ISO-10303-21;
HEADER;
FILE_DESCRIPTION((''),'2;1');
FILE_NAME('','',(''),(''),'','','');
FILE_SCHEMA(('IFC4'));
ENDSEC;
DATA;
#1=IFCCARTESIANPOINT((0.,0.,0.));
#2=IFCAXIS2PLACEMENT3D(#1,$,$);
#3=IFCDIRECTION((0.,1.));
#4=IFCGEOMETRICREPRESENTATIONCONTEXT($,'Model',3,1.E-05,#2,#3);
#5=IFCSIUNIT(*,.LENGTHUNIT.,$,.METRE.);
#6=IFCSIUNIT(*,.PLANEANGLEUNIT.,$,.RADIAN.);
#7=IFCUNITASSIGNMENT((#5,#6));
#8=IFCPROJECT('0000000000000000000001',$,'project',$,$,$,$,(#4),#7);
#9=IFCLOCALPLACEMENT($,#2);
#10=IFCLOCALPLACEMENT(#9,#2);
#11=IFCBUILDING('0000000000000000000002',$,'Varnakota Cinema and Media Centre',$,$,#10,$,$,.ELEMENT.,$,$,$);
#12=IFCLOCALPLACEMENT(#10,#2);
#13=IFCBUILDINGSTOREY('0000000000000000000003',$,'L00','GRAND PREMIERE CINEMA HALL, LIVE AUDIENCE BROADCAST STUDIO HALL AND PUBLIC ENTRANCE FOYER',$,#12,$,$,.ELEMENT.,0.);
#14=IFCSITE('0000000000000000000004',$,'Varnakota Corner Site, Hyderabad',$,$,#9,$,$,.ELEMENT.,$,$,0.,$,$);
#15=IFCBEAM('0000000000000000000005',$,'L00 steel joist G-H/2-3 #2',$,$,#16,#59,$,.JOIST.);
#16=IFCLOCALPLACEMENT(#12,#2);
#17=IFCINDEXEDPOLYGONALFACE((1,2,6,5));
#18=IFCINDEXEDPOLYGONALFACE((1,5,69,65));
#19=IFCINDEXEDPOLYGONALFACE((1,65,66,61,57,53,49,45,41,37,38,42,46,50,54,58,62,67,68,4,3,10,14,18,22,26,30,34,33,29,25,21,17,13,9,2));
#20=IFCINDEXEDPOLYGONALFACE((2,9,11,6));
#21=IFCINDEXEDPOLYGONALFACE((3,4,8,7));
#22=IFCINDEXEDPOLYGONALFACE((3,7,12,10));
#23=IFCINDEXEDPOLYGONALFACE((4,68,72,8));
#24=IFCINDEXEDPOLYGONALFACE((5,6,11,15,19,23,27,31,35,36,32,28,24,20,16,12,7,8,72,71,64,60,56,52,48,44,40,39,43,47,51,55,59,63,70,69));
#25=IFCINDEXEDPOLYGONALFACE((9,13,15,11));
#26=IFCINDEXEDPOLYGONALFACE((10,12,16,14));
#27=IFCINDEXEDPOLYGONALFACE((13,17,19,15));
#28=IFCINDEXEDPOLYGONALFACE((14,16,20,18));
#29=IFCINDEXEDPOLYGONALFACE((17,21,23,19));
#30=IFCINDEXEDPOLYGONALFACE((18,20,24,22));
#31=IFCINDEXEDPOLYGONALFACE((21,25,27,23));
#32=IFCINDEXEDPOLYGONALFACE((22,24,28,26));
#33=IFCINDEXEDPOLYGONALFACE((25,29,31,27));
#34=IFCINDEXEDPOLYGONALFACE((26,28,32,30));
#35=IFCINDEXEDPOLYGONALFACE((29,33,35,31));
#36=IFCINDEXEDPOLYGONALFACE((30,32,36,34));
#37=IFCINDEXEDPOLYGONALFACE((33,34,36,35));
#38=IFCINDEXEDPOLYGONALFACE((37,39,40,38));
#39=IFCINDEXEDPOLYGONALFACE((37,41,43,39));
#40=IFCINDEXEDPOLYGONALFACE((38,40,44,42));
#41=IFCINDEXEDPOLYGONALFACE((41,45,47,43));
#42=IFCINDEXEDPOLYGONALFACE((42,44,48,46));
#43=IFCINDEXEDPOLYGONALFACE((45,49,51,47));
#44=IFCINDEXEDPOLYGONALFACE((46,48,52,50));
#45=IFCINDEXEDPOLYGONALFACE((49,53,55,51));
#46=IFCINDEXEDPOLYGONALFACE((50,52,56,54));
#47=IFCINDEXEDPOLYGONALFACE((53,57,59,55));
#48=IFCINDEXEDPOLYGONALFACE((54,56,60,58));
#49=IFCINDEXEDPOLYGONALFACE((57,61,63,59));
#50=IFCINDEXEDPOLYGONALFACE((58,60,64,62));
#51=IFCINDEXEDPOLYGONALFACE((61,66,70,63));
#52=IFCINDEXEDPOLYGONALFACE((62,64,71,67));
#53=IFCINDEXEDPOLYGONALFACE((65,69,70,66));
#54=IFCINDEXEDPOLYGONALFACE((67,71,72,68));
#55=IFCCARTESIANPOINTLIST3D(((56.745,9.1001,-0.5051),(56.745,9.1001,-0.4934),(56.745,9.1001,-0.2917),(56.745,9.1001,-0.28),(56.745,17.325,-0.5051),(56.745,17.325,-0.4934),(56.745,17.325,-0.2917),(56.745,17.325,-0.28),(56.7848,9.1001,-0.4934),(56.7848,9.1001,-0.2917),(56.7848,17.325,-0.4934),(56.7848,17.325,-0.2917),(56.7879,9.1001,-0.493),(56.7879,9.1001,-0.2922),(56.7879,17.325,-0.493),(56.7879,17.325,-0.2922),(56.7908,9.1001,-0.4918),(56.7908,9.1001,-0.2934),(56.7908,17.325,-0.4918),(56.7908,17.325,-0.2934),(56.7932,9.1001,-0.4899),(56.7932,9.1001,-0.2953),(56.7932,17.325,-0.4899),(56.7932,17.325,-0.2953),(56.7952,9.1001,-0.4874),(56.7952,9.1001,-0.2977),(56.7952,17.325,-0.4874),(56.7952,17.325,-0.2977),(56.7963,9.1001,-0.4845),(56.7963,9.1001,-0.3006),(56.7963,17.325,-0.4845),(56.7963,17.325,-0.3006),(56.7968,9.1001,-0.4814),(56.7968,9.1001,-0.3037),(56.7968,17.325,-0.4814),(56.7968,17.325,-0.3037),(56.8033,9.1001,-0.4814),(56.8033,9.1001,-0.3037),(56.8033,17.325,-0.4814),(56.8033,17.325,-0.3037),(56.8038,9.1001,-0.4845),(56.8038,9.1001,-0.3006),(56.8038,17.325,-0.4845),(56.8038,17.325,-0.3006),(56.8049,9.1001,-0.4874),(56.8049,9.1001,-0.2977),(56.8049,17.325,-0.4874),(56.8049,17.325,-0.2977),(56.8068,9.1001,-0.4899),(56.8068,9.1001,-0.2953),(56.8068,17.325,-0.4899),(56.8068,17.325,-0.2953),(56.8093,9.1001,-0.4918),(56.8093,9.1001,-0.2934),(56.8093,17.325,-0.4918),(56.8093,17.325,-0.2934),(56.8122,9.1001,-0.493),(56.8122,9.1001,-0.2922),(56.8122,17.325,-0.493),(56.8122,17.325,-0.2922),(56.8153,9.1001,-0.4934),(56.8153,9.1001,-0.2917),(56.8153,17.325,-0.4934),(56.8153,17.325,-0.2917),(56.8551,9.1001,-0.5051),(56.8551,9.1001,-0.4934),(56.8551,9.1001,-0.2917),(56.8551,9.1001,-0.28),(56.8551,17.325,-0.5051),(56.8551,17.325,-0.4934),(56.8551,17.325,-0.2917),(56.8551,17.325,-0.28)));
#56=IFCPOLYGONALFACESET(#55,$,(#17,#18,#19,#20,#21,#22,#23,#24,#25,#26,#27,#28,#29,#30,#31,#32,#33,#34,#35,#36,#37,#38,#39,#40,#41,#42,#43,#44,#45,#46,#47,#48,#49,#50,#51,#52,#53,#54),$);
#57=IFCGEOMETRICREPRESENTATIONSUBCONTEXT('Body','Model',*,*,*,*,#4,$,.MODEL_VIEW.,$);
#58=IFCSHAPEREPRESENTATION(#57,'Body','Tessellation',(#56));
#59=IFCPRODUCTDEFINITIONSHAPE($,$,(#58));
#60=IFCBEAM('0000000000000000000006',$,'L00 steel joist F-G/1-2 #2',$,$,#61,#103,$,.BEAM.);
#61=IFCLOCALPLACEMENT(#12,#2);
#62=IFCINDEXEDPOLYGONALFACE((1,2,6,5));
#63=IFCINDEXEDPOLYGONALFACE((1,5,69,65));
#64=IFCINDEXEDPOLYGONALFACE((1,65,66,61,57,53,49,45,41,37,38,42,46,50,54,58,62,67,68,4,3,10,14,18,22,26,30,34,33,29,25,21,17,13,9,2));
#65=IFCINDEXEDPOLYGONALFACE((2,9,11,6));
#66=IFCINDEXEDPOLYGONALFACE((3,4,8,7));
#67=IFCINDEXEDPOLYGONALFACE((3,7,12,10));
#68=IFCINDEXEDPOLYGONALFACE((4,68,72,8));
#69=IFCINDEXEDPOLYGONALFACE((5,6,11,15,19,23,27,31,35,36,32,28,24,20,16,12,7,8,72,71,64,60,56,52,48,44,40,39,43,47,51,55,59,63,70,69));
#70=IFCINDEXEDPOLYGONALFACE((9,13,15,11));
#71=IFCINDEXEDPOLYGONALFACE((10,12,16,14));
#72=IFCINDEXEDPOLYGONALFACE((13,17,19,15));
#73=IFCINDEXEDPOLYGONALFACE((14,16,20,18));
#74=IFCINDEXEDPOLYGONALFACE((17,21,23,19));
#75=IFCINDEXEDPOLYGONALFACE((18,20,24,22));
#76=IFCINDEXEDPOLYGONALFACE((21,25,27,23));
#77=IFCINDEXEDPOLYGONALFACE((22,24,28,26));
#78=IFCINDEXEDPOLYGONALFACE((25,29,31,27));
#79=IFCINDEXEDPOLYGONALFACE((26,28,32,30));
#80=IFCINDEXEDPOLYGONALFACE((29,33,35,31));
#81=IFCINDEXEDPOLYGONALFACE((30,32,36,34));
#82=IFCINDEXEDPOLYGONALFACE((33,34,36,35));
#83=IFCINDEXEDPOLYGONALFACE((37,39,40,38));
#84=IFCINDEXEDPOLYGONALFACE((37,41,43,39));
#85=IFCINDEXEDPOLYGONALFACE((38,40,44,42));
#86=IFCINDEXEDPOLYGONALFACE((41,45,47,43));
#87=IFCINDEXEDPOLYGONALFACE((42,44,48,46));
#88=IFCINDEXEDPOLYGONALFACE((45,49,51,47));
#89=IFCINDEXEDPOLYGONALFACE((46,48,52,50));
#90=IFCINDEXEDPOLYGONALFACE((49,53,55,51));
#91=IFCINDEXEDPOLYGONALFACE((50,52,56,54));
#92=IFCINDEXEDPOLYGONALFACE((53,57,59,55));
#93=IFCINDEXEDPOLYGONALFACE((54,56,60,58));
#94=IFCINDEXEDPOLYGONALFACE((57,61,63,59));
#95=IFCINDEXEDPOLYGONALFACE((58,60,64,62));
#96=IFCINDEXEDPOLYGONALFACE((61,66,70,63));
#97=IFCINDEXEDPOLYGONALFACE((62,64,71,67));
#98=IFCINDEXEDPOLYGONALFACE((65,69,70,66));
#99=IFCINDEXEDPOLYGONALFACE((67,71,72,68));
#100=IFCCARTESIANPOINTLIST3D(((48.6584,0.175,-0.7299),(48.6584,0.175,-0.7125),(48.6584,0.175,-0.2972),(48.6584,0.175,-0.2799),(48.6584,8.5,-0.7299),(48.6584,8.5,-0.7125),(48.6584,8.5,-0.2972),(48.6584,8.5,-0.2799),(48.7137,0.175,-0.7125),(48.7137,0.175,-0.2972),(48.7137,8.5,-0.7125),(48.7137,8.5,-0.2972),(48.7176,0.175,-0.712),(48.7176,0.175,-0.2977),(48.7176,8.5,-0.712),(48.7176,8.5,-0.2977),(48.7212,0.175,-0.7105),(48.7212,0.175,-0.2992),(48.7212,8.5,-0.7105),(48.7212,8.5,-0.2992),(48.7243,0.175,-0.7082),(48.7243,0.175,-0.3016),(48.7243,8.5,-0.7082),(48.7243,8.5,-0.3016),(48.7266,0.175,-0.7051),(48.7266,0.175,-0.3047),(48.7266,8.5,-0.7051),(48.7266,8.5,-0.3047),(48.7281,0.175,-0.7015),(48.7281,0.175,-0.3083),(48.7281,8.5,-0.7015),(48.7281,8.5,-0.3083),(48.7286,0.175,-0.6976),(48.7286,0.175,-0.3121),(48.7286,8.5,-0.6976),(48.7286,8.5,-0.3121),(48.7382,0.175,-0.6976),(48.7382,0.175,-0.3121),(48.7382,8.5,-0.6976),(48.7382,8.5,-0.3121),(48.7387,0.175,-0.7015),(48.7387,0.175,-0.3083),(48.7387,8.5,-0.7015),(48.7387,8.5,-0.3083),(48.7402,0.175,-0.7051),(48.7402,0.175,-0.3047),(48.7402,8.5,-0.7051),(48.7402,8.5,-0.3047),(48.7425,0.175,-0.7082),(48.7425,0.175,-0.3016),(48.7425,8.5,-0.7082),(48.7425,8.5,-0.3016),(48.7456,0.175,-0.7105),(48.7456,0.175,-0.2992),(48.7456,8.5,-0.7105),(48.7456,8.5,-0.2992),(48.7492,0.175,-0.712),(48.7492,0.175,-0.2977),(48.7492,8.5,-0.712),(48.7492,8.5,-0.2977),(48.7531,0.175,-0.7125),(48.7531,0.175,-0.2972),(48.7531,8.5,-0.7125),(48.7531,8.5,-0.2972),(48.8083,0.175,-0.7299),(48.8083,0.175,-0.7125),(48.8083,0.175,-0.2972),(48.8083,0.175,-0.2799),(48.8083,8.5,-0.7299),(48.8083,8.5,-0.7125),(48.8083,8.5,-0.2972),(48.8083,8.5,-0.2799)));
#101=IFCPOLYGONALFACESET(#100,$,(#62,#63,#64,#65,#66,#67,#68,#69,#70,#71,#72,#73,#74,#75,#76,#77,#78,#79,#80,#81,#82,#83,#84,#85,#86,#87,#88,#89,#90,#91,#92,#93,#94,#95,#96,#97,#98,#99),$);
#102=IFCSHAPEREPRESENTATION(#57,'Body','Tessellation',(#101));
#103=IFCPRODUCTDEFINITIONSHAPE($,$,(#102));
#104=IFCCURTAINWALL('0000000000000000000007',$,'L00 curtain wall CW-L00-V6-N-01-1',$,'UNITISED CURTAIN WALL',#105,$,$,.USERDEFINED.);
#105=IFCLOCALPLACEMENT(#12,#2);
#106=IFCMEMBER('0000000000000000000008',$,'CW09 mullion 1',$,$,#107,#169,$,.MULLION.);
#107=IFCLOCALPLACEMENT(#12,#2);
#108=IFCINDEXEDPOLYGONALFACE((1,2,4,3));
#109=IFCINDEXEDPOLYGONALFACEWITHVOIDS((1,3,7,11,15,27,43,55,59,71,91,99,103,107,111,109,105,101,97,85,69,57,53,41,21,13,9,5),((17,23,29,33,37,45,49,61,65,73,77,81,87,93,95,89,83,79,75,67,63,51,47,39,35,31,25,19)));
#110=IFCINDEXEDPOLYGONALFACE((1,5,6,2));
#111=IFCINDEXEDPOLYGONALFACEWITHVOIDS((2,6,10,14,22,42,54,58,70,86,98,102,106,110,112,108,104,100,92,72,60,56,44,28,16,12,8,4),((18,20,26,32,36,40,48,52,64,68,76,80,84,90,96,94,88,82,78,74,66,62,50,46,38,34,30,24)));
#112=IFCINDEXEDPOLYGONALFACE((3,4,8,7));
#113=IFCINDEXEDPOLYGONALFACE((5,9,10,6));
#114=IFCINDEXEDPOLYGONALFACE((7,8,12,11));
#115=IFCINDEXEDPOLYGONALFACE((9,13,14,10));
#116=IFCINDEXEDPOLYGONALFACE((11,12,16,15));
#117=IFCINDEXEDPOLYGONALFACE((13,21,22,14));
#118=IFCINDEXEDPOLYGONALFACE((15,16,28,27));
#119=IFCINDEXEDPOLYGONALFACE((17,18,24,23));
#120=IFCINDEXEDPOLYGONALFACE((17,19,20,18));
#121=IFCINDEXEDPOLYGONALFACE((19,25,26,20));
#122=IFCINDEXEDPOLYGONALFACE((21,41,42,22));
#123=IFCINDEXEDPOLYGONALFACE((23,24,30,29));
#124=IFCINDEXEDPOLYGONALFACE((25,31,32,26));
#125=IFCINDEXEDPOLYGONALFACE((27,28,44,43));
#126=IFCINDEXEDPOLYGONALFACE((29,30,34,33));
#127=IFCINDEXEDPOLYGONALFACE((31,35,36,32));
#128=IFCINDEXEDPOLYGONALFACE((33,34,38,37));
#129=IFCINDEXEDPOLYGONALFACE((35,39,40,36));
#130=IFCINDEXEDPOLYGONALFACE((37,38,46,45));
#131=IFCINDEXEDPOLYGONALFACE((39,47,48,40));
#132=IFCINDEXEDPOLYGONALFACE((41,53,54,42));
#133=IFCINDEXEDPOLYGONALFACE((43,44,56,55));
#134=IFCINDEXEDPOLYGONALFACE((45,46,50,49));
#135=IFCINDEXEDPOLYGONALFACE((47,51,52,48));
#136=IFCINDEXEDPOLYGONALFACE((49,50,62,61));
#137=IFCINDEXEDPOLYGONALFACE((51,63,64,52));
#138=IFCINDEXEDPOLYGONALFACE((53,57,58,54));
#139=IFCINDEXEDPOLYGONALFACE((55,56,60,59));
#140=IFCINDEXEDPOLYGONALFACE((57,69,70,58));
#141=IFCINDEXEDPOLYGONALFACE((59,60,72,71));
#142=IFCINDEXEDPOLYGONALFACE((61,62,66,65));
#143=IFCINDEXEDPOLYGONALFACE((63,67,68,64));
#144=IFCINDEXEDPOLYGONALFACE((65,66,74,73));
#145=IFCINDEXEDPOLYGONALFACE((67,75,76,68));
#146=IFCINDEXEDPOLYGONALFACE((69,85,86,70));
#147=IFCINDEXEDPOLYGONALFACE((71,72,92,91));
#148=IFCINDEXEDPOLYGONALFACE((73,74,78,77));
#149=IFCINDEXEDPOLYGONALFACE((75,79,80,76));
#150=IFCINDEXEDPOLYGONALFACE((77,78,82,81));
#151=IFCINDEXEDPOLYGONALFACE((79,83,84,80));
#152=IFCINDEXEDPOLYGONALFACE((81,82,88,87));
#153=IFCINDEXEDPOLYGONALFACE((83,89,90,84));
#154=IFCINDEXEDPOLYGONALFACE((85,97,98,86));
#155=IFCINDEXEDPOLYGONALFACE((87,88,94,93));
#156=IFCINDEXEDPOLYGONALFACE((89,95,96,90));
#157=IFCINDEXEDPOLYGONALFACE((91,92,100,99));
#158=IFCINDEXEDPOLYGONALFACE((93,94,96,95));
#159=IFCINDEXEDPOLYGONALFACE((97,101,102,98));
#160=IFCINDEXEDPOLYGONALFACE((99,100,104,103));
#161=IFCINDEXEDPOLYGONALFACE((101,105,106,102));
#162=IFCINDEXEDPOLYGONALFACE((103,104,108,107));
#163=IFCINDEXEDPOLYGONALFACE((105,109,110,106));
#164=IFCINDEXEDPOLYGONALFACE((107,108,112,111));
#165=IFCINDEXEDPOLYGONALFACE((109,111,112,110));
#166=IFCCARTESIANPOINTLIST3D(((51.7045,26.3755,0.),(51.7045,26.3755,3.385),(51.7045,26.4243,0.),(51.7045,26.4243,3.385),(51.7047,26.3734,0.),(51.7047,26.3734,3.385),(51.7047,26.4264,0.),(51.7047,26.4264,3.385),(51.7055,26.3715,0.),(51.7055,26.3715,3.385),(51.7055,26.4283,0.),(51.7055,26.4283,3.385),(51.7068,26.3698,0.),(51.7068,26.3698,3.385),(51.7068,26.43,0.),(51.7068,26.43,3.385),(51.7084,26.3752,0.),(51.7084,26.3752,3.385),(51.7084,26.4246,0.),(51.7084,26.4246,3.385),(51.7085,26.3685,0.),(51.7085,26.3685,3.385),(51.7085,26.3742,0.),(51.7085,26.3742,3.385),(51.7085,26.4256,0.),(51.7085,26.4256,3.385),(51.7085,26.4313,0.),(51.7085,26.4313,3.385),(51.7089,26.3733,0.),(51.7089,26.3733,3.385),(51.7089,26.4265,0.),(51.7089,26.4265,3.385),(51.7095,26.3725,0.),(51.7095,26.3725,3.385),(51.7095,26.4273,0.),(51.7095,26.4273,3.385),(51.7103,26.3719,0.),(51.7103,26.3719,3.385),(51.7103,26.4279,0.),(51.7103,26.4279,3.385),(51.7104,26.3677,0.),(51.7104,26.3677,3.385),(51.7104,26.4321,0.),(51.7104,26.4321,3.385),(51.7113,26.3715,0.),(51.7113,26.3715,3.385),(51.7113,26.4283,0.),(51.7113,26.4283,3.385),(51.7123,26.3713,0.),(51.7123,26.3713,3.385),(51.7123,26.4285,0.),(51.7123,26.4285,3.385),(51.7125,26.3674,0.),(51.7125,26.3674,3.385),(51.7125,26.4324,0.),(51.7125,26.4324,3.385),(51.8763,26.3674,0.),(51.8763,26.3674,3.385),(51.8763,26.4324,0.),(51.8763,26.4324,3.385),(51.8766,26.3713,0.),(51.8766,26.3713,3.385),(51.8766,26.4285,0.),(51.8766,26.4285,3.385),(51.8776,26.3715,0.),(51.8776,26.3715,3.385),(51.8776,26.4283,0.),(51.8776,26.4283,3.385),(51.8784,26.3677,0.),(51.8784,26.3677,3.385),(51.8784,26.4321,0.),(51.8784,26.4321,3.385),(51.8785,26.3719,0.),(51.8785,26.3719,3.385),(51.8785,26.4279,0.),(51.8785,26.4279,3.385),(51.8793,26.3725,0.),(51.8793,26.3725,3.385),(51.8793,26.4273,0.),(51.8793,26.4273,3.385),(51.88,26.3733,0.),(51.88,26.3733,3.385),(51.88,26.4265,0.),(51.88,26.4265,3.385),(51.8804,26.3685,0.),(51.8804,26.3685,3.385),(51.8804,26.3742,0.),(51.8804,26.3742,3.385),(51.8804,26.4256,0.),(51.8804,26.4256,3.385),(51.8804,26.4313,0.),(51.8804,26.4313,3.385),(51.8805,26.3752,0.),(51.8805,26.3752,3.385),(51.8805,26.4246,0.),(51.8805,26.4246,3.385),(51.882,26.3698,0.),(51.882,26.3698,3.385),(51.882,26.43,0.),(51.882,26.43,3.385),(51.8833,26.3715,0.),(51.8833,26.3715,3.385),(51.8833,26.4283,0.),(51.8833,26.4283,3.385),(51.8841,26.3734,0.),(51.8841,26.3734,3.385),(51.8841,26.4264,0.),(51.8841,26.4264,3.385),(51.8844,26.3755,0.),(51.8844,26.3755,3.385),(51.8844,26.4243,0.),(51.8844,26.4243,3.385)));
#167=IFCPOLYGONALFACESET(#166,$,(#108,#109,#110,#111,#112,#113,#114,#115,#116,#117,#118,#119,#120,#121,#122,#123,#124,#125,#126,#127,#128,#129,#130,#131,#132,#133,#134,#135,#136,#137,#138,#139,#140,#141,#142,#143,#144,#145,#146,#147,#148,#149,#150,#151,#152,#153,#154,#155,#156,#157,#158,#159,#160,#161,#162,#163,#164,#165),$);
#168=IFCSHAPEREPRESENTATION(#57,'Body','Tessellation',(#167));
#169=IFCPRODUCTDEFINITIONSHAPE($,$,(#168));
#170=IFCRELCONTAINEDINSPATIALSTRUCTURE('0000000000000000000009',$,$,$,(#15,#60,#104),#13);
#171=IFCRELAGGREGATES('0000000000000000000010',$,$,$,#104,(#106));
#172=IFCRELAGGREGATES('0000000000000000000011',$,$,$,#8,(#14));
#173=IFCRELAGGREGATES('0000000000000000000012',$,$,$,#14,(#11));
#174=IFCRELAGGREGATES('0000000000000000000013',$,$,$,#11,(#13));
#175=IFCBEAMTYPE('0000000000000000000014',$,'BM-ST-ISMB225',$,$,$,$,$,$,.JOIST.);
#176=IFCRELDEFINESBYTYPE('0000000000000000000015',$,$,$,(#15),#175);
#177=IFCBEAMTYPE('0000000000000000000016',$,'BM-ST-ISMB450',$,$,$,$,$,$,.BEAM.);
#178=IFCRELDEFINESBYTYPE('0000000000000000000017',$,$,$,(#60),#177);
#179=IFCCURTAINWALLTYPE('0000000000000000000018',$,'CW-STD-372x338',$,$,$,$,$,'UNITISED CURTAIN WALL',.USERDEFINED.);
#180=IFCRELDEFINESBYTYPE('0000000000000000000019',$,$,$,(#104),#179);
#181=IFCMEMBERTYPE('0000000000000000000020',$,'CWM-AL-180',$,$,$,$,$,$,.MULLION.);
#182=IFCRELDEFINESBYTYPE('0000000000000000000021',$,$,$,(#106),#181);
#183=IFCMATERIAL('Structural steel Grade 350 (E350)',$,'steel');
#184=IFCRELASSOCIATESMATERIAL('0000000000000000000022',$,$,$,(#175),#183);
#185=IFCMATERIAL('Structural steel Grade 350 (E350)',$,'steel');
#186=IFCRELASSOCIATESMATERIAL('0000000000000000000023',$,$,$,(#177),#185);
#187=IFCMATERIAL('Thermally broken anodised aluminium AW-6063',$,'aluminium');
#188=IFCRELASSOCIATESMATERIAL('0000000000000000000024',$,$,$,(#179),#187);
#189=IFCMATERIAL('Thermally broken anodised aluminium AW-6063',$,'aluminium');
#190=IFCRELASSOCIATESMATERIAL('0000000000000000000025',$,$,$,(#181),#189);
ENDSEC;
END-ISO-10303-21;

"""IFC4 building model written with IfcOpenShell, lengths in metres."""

from ifc_helpers import new_model, si_unit, direction, frame, origin, origin_2d, place, context, subcontext, project, spatial, hollow_rectangle, i_section, extrude, material, material_profile, profile_set, type_object, element, aggregate, save


model = new_model("IFC4")

# Units and contexts
model_context = context("Model", 3, precision=1e-05, world=origin(), true_north=direction((0.0, 1.0)))
body_context = subcontext(model_context, "Body", "Model", "MODEL_VIEW")
ifc_project = project(units=[si_unit("LENGTHUNIT", "METRE"), si_unit("PLANEANGLEUNIT", "RADIAN")], contexts=[model_context])

# Site, building, storey
site_placement = place(None, origin())
site = spatial("IfcSite", under=ifc_project, at=site_placement, Name="Varnakota Corner Site, Hyderabad", CompositionType="ELEMENT", RefElevation=0.0)
building_placement = place(site_placement, origin())
building = spatial("IfcBuilding", under=site, at=building_placement, Name="Varnakota Cinema and Media Centre", CompositionType="ELEMENT")
storey_placement = place(building_placement, origin())
storey = spatial("IfcBuildingStorey", under=building, at=storey_placement, Name="L00", Description="GRAND PREMIERE CINEMA HALL, LIVE AUDIENCE BROADCAST STUDIO HALL AND PUBLIC ENTRANCE FOYER", CompositionType="ELEMENT", Elevation=0.0)

# Beams
ifc_material_1 = material(Name="Structural steel Grade 350 (E350)", Category="steel")
ifc_material_profile_1 = material_profile(ifc_material_1, i_section(OverallWidth=0.1101, OverallDepth=0.2251, WebThickness=0.0066, FlangeThickness=0.0117, FilletRadius=0.012, at=origin_2d()), Name="ISMB 225")
ifc_profile_set_1 = profile_set([ifc_material_profile_1], Name="Structural steel Grade 350 (E350)")
beam_type_1 = type_object("IfcBeamType", Name="BM-ST-ISMB225", PredefinedType="JOIST", material=ifc_profile_set_1)
for number, where, z_axis, x_axis, name in (
    (1, (56.8, 9.1001, -0.3926), (0.0, 1.0, 0.0), (-1.0, 0.0, 0.0), "L00 steel joist G-H/2-3 #2"),
):
    element("IfcBeam", number, at=place(storey_placement, frame(where, z_axis=z_axis, x_axis=x_axis)), inside=storey, type_object=beam_type_1, Name=name, PredefinedType="JOIST", context=body_context, shape_type="SweptSolid", body=[
        extrude(i_section(OverallWidth=0.1101, OverallDepth=0.2251, WebThickness=0.0066, FlangeThickness=0.0117, FilletRadius=0.012, at=origin_2d()), origin(), (0.0, 0.0, 1.0), 8.2249),
    ])
ifc_material_2 = material(Name="Structural steel Grade 350 (E350)", Category="steel")
ifc_material_profile_2 = material_profile(ifc_material_2, i_section(OverallWidth=0.1499, OverallDepth=0.45, WebThickness=0.0095, FlangeThickness=0.0173, FilletRadius=0.0149, at=origin_2d()), Name="ISMB 450")
ifc_profile_set_2 = profile_set([ifc_material_profile_2], Name="Structural steel Grade 350 (E350)")
beam_type_2 = type_object("IfcBeamType", Name="BM-ST-ISMB450", PredefinedType="BEAM", material=ifc_profile_set_2)
beam_1_placement = place(storey_placement, frame((48.7334, 0.175, -0.5049), z_axis=(0.0, 1.0, 0.0), x_axis=(-1.0, 0.0, 0.0)))
element("IfcBeam", 2, at=beam_1_placement, inside=storey, type_object=beam_type_2, Name="L00 steel joist F-G/1-2 #2", PredefinedType="BEAM", context=body_context, shape_type="SweptSolid", body=[
    extrude(i_section(OverallWidth=0.1499, OverallDepth=0.45, WebThickness=0.0095, FlangeThickness=0.0173, FilletRadius=0.0149, at=origin_2d()), origin(), (0.0, 0.0, 1.0), 8.325),
])

# Curtain wall, member
ifc_material_3 = material(Name="Thermally broken anodised aluminium AW-6063", Category="aluminium")
curtain_wall_type = type_object("IfcCurtainWallType", Name="CW-STD-372x338", ElementType="UNITISED CURTAIN WALL", PredefinedType="USERDEFINED", material=ifc_material_3)
curtain_wall_placement = place(storey_placement, origin())
curtain_wall = element("IfcCurtainWall", 3, at=curtain_wall_placement, inside=storey, type_object=curtain_wall_type, Name="L00 curtain wall CW-L00-V6-N-01-1", ObjectType="UNITISED CURTAIN WALL", PredefinedType="USERDEFINED")
ifc_material_4 = material(Name="Thermally broken anodised aluminium AW-6063", Category="aluminium")
ifc_material_profile_3 = material_profile(ifc_material_4, hollow_rectangle(XDim=0.0649, YDim=0.1799, WallThickness=0.0039, InnerFilletRadius=0.0039, OuterFilletRadius=0.0081, at=origin_2d()), Name="AL-MULLION 180x65x4")
ifc_profile_set_3 = profile_set([ifc_material_profile_3], Name="Thermally broken anodised aluminium AW-6063")
member_type_1 = type_object("IfcMemberType", Name="CWM-AL-180", PredefinedType="MULLION", material=ifc_profile_set_3)
member_1_placement = place(storey_placement, frame((51.7944, 26.3999, 0.0), z_axis=(0.0, 0.0, 1.0), x_axis=(0.0, 1.0, 0.0)))
member_1 = element("IfcMember", 4, at=member_1_placement, type_object=member_type_1, Name="CW09 mullion 1", PredefinedType="MULLION", context=body_context, shape_type="SweptSolid", body=[
    extrude(hollow_rectangle(XDim=0.0649, YDim=0.1799, WallThickness=0.0039, InnerFilletRadius=0.0039, OuterFilletRadius=0.0081, at=origin_2d()), origin(), (0.0, 0.0, 1.0), 3.385),
])
aggregate(curtain_wall, [member_1])

save(model, "model.ifc")
